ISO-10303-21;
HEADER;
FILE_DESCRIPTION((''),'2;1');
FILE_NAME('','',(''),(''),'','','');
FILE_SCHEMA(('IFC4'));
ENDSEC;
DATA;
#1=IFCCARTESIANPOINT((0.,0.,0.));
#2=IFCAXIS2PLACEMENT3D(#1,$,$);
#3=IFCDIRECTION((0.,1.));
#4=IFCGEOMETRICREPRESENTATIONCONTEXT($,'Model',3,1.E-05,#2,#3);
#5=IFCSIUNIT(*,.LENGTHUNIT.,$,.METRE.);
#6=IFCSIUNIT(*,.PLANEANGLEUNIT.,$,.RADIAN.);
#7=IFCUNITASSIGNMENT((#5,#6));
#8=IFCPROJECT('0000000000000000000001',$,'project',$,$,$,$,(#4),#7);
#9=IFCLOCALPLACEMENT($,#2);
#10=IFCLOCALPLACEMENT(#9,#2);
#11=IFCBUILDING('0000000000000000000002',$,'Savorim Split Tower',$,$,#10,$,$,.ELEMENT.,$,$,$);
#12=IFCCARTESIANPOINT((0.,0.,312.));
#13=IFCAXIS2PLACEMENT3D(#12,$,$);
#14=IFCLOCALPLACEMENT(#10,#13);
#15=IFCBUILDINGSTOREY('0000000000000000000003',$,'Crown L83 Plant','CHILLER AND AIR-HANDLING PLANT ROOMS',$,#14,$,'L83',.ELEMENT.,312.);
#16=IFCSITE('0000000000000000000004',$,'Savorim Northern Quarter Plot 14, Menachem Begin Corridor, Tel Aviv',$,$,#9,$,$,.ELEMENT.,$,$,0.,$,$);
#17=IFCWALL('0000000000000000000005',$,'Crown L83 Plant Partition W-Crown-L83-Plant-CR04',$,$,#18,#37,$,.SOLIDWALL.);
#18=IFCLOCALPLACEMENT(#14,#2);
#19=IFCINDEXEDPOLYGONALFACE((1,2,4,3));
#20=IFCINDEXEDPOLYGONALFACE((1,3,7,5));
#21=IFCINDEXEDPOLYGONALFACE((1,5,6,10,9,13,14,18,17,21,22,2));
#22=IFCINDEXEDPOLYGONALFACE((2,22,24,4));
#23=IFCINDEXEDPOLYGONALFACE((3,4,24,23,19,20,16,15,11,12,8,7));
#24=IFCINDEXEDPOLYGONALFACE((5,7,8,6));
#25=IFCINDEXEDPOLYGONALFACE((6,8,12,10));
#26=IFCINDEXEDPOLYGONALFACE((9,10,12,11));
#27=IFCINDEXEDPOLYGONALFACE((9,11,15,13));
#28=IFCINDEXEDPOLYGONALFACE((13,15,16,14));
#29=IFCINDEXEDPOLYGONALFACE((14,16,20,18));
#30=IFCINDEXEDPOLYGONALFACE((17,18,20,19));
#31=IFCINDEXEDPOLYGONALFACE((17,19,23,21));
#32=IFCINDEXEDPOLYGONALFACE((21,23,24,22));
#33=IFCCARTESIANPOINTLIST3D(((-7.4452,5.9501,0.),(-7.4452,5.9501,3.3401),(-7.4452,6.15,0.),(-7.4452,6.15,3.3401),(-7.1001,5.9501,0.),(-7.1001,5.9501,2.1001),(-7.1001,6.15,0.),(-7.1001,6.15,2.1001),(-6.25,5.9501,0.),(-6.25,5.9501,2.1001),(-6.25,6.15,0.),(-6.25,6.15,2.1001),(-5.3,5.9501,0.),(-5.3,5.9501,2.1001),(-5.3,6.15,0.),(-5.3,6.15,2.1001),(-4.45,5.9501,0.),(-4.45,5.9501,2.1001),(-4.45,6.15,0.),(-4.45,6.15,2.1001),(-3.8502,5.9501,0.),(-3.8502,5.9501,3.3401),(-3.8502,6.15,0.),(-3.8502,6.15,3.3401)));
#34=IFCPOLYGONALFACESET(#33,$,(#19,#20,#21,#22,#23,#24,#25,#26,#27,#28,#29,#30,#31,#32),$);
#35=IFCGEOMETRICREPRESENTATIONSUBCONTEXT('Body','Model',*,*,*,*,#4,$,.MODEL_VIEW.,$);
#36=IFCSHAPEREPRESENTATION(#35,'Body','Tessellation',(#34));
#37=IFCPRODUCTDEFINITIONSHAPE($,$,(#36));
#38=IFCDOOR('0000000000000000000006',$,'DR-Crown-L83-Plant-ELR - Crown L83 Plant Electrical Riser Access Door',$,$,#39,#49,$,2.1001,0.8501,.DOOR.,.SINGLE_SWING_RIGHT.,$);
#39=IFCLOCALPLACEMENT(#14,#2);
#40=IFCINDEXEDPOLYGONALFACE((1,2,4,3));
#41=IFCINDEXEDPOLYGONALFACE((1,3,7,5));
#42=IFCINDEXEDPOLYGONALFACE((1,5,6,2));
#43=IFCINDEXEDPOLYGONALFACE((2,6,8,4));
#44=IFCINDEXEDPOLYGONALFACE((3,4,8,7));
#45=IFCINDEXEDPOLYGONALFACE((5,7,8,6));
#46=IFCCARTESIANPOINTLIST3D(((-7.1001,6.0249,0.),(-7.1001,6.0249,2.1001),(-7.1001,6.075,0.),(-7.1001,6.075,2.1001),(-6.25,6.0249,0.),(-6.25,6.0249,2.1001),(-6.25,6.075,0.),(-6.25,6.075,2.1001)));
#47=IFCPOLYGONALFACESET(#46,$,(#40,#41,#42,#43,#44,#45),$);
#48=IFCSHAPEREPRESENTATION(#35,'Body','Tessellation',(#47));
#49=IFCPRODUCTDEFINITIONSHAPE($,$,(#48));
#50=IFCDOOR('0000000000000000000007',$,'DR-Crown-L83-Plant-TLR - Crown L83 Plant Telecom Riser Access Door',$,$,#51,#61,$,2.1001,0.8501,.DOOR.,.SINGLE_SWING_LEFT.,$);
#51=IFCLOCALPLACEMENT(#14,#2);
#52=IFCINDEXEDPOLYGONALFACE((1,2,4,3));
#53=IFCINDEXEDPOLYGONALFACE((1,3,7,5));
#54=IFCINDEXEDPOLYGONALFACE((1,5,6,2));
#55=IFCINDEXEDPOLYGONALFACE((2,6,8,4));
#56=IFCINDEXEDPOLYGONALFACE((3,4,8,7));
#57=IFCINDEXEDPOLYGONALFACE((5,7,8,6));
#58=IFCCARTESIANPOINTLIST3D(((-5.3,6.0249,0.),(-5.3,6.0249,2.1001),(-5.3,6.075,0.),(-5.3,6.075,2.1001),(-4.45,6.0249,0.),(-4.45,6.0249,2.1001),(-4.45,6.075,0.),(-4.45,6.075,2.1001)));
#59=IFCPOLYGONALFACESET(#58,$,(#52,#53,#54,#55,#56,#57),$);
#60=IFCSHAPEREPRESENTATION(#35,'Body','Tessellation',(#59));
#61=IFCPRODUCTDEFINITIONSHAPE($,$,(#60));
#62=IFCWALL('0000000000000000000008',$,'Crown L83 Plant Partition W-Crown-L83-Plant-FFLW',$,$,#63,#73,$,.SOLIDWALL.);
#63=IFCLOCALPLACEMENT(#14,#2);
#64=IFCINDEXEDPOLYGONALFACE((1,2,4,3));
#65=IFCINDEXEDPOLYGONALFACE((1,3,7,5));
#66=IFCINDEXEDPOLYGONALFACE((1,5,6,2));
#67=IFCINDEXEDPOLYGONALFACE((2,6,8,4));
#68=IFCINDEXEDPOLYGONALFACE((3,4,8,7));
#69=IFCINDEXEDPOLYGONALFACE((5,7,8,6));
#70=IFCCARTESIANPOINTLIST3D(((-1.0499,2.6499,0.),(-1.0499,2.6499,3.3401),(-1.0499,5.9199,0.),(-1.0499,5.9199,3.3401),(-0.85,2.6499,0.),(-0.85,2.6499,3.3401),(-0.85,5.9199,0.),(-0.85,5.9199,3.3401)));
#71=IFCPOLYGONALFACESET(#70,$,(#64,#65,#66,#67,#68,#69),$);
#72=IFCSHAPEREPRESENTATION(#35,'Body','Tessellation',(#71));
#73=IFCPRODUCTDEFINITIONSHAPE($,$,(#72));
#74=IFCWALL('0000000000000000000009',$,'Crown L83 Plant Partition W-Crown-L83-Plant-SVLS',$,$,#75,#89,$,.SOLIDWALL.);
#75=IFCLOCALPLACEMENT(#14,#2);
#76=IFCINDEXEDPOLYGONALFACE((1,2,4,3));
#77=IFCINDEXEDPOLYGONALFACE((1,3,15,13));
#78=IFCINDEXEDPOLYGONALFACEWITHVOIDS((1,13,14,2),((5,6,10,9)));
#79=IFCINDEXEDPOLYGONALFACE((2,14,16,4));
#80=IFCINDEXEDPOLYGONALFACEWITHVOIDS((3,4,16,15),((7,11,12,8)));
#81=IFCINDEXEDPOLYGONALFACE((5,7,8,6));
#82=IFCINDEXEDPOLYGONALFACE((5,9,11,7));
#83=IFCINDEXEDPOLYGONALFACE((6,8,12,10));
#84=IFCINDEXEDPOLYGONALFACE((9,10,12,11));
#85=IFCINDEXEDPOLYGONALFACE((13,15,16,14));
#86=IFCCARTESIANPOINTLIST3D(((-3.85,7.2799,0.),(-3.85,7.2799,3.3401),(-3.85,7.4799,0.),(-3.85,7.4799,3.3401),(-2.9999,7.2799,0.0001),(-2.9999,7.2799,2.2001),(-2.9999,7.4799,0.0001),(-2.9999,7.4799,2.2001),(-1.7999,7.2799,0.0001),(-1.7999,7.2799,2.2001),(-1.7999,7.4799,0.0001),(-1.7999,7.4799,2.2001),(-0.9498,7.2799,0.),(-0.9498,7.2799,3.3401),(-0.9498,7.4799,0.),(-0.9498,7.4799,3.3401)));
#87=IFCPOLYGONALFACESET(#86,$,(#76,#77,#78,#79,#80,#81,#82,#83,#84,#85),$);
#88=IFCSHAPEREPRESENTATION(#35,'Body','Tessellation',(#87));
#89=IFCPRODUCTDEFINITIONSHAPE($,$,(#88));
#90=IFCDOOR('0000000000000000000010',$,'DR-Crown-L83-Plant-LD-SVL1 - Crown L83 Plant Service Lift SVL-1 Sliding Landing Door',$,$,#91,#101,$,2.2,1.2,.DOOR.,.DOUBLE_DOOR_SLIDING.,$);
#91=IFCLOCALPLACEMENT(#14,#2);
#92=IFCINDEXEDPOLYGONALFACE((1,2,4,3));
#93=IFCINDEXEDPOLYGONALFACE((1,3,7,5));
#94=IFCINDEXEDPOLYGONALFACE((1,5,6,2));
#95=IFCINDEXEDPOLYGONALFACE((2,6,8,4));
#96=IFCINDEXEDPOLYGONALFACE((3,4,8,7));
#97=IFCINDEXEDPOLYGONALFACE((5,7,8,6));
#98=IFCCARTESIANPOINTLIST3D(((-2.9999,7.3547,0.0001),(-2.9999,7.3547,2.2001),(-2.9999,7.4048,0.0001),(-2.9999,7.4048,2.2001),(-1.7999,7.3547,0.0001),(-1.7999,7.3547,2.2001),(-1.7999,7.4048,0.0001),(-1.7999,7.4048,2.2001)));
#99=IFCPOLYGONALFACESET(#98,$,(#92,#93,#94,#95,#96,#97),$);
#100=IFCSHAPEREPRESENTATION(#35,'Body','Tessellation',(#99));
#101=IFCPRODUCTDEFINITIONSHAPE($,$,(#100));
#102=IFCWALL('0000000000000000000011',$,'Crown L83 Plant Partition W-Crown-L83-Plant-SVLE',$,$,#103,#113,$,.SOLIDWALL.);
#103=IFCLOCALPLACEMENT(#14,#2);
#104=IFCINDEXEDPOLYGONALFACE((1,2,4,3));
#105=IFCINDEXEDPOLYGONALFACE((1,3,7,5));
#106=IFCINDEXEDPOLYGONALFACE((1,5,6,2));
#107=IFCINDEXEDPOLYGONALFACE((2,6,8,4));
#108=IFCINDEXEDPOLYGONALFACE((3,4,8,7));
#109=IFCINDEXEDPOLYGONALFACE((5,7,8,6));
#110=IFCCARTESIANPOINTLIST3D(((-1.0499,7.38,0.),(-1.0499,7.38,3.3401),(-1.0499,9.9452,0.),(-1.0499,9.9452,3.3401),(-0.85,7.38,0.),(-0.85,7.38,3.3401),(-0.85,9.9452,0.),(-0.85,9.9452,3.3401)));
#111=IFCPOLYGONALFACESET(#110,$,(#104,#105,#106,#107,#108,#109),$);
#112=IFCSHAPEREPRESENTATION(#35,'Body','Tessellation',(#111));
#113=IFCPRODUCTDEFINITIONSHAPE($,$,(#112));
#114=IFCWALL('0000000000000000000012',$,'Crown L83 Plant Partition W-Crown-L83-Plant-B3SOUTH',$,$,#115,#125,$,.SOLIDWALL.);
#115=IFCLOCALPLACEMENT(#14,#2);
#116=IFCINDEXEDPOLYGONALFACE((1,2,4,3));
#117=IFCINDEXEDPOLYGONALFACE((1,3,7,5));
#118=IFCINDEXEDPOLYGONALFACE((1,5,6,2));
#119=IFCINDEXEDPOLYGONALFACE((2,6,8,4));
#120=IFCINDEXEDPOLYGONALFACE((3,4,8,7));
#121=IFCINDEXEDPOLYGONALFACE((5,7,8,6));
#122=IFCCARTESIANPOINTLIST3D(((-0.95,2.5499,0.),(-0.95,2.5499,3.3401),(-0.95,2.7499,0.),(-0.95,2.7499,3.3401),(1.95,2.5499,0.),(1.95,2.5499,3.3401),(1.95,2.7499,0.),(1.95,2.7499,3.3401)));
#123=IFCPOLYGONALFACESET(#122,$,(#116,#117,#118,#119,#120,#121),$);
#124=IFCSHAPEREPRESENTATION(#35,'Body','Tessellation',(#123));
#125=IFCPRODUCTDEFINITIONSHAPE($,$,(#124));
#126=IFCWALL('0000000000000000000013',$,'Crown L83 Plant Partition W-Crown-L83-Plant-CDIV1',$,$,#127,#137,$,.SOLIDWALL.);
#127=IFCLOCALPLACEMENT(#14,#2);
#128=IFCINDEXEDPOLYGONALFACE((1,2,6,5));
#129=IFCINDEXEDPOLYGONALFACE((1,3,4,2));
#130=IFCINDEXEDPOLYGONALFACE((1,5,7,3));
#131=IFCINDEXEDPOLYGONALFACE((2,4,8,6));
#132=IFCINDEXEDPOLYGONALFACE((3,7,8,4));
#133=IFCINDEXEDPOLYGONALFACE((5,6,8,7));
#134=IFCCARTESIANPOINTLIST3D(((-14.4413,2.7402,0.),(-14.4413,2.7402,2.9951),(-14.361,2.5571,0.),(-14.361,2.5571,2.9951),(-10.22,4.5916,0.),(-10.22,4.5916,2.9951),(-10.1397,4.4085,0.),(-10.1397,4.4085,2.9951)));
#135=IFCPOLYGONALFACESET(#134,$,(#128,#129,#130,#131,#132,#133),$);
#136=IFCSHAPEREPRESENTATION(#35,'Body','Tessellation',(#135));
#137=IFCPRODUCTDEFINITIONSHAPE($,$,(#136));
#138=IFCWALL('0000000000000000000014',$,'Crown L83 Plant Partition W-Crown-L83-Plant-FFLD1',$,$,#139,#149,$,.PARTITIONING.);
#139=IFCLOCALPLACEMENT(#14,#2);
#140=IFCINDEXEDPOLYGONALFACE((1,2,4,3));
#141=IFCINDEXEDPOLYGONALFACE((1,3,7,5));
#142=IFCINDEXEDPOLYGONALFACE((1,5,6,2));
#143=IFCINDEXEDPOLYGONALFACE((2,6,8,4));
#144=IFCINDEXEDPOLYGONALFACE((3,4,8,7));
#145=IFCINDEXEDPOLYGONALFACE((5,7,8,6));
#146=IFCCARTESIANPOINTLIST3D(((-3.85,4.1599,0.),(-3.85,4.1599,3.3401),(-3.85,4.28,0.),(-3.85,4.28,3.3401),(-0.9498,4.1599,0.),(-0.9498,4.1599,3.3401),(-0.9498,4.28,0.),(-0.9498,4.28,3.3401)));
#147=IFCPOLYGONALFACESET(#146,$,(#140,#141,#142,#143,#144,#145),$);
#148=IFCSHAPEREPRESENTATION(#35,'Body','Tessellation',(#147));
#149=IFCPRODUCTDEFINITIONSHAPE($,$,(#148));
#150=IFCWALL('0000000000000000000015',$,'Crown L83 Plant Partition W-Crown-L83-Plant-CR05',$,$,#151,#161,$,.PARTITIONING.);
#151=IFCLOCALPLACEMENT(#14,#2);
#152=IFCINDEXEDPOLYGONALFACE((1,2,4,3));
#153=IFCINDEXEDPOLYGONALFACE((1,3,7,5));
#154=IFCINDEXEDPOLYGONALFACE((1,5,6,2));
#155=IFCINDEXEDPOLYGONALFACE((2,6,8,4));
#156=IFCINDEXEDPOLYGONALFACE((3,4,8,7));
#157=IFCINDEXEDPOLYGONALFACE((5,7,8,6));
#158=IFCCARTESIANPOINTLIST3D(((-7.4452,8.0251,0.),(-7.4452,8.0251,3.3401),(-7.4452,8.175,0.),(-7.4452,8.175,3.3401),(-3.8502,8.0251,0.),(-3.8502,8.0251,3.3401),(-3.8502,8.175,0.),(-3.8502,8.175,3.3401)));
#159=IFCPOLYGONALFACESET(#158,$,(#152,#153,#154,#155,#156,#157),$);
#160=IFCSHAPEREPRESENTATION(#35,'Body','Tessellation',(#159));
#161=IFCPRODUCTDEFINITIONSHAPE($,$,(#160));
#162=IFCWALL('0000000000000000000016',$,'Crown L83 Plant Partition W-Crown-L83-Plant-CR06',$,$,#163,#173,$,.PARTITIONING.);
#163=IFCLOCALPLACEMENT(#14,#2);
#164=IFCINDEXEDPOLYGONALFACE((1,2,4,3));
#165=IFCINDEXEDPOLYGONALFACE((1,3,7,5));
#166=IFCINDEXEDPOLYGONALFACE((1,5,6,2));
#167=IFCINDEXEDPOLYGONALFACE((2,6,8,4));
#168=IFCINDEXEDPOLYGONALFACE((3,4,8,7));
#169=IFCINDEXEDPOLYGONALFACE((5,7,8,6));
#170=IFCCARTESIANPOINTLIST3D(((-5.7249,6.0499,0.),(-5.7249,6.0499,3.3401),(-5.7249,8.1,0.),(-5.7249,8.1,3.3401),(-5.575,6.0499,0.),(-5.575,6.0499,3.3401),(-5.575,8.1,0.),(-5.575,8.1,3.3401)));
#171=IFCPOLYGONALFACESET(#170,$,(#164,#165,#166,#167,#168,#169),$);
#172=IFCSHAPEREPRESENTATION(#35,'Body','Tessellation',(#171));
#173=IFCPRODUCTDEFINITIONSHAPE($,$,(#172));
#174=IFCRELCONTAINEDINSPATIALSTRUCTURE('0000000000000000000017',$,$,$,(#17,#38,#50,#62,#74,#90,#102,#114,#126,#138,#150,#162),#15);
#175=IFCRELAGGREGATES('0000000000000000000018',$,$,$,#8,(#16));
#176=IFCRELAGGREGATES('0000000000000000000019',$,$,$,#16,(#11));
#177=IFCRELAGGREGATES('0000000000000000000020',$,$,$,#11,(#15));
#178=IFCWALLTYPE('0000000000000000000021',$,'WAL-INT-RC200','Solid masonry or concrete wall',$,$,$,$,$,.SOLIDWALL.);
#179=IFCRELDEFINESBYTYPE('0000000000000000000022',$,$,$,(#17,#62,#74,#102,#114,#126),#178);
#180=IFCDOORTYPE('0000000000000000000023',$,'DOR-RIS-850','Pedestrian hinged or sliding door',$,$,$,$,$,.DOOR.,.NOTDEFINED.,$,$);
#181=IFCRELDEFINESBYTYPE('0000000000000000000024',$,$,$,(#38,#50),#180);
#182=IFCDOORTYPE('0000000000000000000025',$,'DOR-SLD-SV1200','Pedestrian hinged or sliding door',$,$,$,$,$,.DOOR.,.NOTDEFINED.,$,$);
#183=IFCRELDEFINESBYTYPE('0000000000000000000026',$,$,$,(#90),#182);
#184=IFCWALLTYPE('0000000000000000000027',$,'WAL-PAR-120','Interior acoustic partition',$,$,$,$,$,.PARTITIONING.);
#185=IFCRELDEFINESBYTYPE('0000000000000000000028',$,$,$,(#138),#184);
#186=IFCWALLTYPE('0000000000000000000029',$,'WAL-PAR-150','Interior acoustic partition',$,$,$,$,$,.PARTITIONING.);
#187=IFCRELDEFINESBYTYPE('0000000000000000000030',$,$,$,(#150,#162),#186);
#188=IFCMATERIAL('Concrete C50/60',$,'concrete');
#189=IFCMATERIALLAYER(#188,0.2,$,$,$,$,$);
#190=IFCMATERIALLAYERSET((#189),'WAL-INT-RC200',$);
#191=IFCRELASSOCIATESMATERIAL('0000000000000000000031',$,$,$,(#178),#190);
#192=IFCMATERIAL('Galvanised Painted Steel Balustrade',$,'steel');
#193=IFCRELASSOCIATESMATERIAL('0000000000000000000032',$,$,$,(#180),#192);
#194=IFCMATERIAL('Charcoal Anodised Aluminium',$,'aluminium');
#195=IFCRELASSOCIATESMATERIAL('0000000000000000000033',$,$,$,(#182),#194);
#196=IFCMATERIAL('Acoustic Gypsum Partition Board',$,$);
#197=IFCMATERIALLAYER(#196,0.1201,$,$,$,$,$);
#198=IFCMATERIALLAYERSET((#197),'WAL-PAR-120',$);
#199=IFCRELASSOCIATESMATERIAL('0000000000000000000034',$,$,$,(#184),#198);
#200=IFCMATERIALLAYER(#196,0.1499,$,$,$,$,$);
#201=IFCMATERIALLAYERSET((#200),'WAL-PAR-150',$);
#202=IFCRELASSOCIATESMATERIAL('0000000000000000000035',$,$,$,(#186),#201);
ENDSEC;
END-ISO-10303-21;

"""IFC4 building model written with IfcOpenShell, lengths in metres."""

from ifc_helpers import new_model, si_unit, direction, frame, frame_2d, origin, place, context, subcontext, project, spatial, rectangle, extrude, material, layer, layer_set, type_object, element, fill, save


model = new_model("IFC4")

# Units and contexts
model_context = context("Model", 3, precision=1e-05, world=origin(), true_north=direction((0.0, 1.0)))
body_context = subcontext(model_context, "Body", "Model", "MODEL_VIEW")
ifc_project = project(units=[si_unit("LENGTHUNIT", "METRE"), si_unit("PLANEANGLEUNIT", "RADIAN")], contexts=[model_context])

# Site, building, storey
site_placement = place(None, origin())
site = spatial("IfcSite", under=ifc_project, at=site_placement, Name="Savorim Northern Quarter Plot 14, Menachem Begin Corridor, Tel Aviv", CompositionType="ELEMENT", RefElevation=0.0)
building_placement = place(site_placement, origin())
building = spatial("IfcBuilding", under=site, at=building_placement, Name="Savorim Split Tower", CompositionType="ELEMENT")
storey_placement = place(building_placement, frame((0.0, 0.0, 312.0)))
storey = spatial("IfcBuildingStorey", under=building, at=storey_placement, Name="Crown L83 Plant", Description="CHILLER AND AIR-HANDLING PLANT ROOMS", LongName="L83", CompositionType="ELEMENT", Elevation=312.0)

# Shared definitions
ifc_material_1 = material(Name="Charcoal Anodised Aluminium", Category="aluminium")

# Wall, openings, doors
ifc_material_2 = material(Name="Concrete C50/60", Category="concrete")
ifc_layer_1 = layer(ifc_material_2, 0.2)
ifc_layer_set_1 = layer_set([ifc_layer_1], Name="WAL-INT-RC200")
wall_type_1 = type_object("IfcWallType", Name="WAL-INT-RC200", Description="Solid masonry or concrete wall", PredefinedType="SOLIDWALL", material=ifc_layer_set_1)
wall_1_placement = place(storey_placement, frame((-7.4451, 6.05, 0.0), z_axis=(0.0, 0.0, 1.0), x_axis=(1.0, 0.0, 0.0)))
wall_1 = element("IfcWall", 1, at=wall_1_placement, inside=storey, type_object=wall_type_1, Name="Crown L83 Plant Partition W-Crown-L83-Plant-CR04", PredefinedType="SOLIDWALL", context=body_context, shape_type="SweptSolid", body=[
    extrude(rectangle(XDim=3.595, YDim=0.2, at=frame_2d((1.7974, 0.0))), origin(), (0.0, 0.0, 1.0), 3.3401),
])
opening_1_placement = place(wall_1_placement, frame((0.345, 0.0, 0.0)))
opening_1 = element("IfcOpeningElement", 2, at=opening_1_placement, cuts=wall_1, PredefinedType="OPENING", context=body_context, shape_type="SweptSolid", body=[
    extrude(rectangle(XDim=0.8501, YDim=2.1001, at=frame_2d((0.425, 1.05))), frame((0.0, 0.1099, 0.0), z_axis=(0.0, -1.0, 0.0), x_axis=(1.0, 0.0, 0.0)), (0.0, 0.0, 1.0), 0.22),
])
opening_2_placement = place(wall_1_placement, frame((2.145, 0.0, 0.0)))
opening_2 = element("IfcOpeningElement", 3, at=opening_2_placement, cuts=wall_1, PredefinedType="OPENING", context=body_context, shape_type="SweptSolid", body=[
    extrude(rectangle(XDim=0.8501, YDim=2.1001, at=frame_2d((0.425, 1.05))), frame((0.0, 0.1099, 0.0), z_axis=(0.0, -1.0, 0.0), x_axis=(1.0, 0.0, 0.0)), (0.0, 0.0, 1.0), 0.22),
])
ifc_material_3 = material(Name="Galvanised Painted Steel Balustrade", Category="steel")
door_type_1 = type_object("IfcDoorType", Name="DOR-RIS-850", Description="Pedestrian hinged or sliding door", OperationType="NOTDEFINED", PredefinedType="DOOR", material=ifc_material_3)
door_1_placement = place(opening_1_placement, origin())
door_1 = element("IfcDoor", 4, at=door_1_placement, inside=storey, type_object=door_type_1, Name="DR-Crown-L83-Plant-ELR - Crown L83 Plant Electrical Riser Access Door", OperationType="SINGLE_SWING_RIGHT", OverallHeight=2.1001, OverallWidth=0.8501, PredefinedType="DOOR", context=body_context, shape_type="SweptSolid", body=[
    extrude(rectangle(XDim=0.8501, YDim=2.1001, at=frame_2d((0.425, 1.05))), frame((0.0, 0.0249, 0.0), z_axis=(0.0, -1.0, 0.0), x_axis=(1.0, 0.0, 0.0)), (0.0, 0.0, 1.0), 0.05),
])
fill(opening_1, door_1)
door_2_placement = place(opening_2_placement, origin())
door_2 = element("IfcDoor", 5, at=door_2_placement, inside=storey, type_object=door_type_1, Name="DR-Crown-L83-Plant-TLR - Crown L83 Plant Telecom Riser Access Door", OperationType="SINGLE_SWING_LEFT", OverallHeight=2.1001, OverallWidth=0.8501, PredefinedType="DOOR", context=body_context, shape_type="SweptSolid", body=[
    extrude(rectangle(XDim=0.8501, YDim=2.1001, at=frame_2d((0.425, 1.05))), frame((0.0, 0.0249, 0.0), z_axis=(0.0, -1.0, 0.0), x_axis=(1.0, 0.0, 0.0)), (0.0, 0.0, 1.0), 0.05),
])
fill(opening_2, door_2)

# Wall
wall_2_placement = place(storey_placement, frame((-0.95, 2.6499, 0.0), z_axis=(0.0, 0.0, 1.0), x_axis=(0.0, 1.0, 0.0)))
element("IfcWall", 6, at=wall_2_placement, inside=storey, type_object=wall_type_1, Name="Crown L83 Plant Partition W-Crown-L83-Plant-FFLW", PredefinedType="SOLIDWALL", context=body_context, shape_type="SweptSolid", body=[
    extrude(rectangle(XDim=3.27, YDim=0.2, at=frame_2d((1.635, 0.0))), origin(), (0.0, 0.0, 1.0), 3.3401),
])

# Wall, opening, door
wall_3_placement = place(storey_placement, frame((-3.8501, 7.3799, 0.0), z_axis=(0.0, 0.0, 1.0), x_axis=(1.0, 0.0, 0.0)))
wall_3 = element("IfcWall", 7, at=wall_3_placement, inside=storey, type_object=wall_type_1, Name="Crown L83 Plant Partition W-Crown-L83-Plant-SVLS", PredefinedType="SOLIDWALL", context=body_context, shape_type="SweptSolid", body=[
    extrude(rectangle(XDim=2.9001, YDim=0.2, at=frame_2d((1.4502, 0.0))), origin(), (0.0, 0.0, 1.0), 3.3401),
])
opening_3_placement = place(wall_3_placement, frame((0.8501, 0.0, 0.0)))
opening_3 = element("IfcOpeningElement", 8, at=opening_3_placement, cuts=wall_3, PredefinedType="OPENING", context=body_context, shape_type="SweptSolid", body=[
    extrude(rectangle(XDim=1.2, YDim=2.2, at=frame_2d((0.6001, 1.1001))), frame((0.0, 0.1099, 0.0), z_axis=(0.0, -1.0, 0.0), x_axis=(1.0, 0.0, 0.0)), (0.0, 0.0, 1.0), 0.22),
])
door_type_2 = type_object("IfcDoorType", Name="DOR-SLD-SV1200", Description="Pedestrian hinged or sliding door", OperationType="NOTDEFINED", PredefinedType="DOOR", material=ifc_material_1)
door_3_placement = place(opening_3_placement, origin())
door_3 = element("IfcDoor", 9, at=door_3_placement, inside=storey, type_object=door_type_2, Name="DR-Crown-L83-Plant-LD-SVL1 - Crown L83 Plant Service Lift SVL-1 Sliding Landing Door", OperationType="DOUBLE_DOOR_SLIDING", OverallHeight=2.2, OverallWidth=1.2, PredefinedType="DOOR", context=body_context, shape_type="SweptSolid", body=[
    extrude(rectangle(XDim=1.2, YDim=2.2, at=frame_2d((0.6001, 1.1001))), frame((0.0, 0.0249, 0.0), z_axis=(0.0, -1.0, 0.0), x_axis=(1.0, 0.0, 0.0)), (0.0, 0.0, 1.0), 0.05),
])
fill(opening_3, door_3)

# Walls
wall_4_placement = place(storey_placement, frame((-0.95, 7.3799, 0.0), z_axis=(0.0, 0.0, 1.0), x_axis=(0.0, 1.0, 0.0)))
element("IfcWall", 10, at=wall_4_placement, inside=storey, type_object=wall_type_1, Name="Crown L83 Plant Partition W-Crown-L83-Plant-SVLE", PredefinedType="SOLIDWALL", context=body_context, shape_type="SweptSolid", body=[
    extrude(rectangle(XDim=2.5652, YDim=0.2, at=frame_2d((1.2827, 0.0))), origin(), (0.0, 0.0, 1.0), 3.3401),
])
wall_5_placement = place(storey_placement, frame((-0.95, 2.6499, 0.0), z_axis=(0.0, 0.0, 1.0), x_axis=(1.0, 0.0, 0.0)))
element("IfcWall", 11, at=wall_5_placement, inside=storey, type_object=wall_type_1, Name="Crown L83 Plant Partition W-Crown-L83-Plant-B3SOUTH", PredefinedType="SOLIDWALL", context=body_context, shape_type="SweptSolid", body=[
    extrude(rectangle(XDim=2.8999, YDim=0.2, at=frame_2d((1.45, 0.0))), origin(), (0.0, 0.0, 1.0), 3.3401),
])
wall_6_placement = place(storey_placement, frame((-14.4011, 2.6487, 0.0), z_axis=(0.0, 0.0, 1.0), x_axis=(0.915795, 0.401647, 0.0)))
element("IfcWall", 12, at=wall_6_placement, inside=storey, type_object=wall_type_1, Name="Crown L83 Plant Partition W-Crown-L83-Plant-CDIV1", PredefinedType="SOLIDWALL", context=body_context, shape_type="SweptSolid", body=[
    extrude(rectangle(XDim=4.6094, YDim=0.2, at=frame_2d((2.3047, 0.0))), origin(), (0.0, 0.0, 1.0), 2.9951),
])
ifc_material_4 = material(Name="Acoustic Gypsum Partition Board")
ifc_layer_2 = layer(ifc_material_4, 0.1201)
ifc_layer_set_2 = layer_set([ifc_layer_2], Name="WAL-PAR-120")
wall_type_2 = type_object("IfcWallType", Name="WAL-PAR-120", Description="Interior acoustic partition", PredefinedType="PARTITIONING", material=ifc_layer_set_2)
wall_7_placement = place(storey_placement, frame((-3.8501, 4.22, 0.0), z_axis=(0.0, 0.0, 1.0), x_axis=(1.0, 0.0, 0.0)))
element("IfcWall", 13, at=wall_7_placement, inside=storey, type_object=wall_type_2, Name="Crown L83 Plant Partition W-Crown-L83-Plant-FFLD1", PredefinedType="PARTITIONING", context=body_context, shape_type="SweptSolid", body=[
    extrude(rectangle(XDim=2.9001, YDim=0.1201, at=frame_2d((1.4502, 0.0))), origin(), (0.0, 0.0, 1.0), 3.3401),
])
ifc_layer_3 = layer(ifc_material_4, 0.1499)
ifc_layer_set_3 = layer_set([ifc_layer_3], Name="WAL-PAR-150")
wall_type_3 = type_object("IfcWallType", Name="WAL-PAR-150", Description="Interior acoustic partition", PredefinedType="PARTITIONING", material=ifc_layer_set_3)
wall_8_placement = place(storey_placement, frame((-7.4451, 8.1001, 0.0), z_axis=(0.0, 0.0, 1.0), x_axis=(1.0, 0.0, 0.0)))
element("IfcWall", 14, at=wall_8_placement, inside=storey, type_object=wall_type_3, Name="Crown L83 Plant Partition W-Crown-L83-Plant-CR05", PredefinedType="PARTITIONING", context=body_context, shape_type="SweptSolid", body=[
    extrude(rectangle(XDim=3.595, YDim=0.1499, at=frame_2d((1.7974, 0.0))), origin(), (0.0, 0.0, 1.0), 3.3401),
])
wall_9_placement = place(storey_placement, frame((-5.6499, 6.05, 0.0), z_axis=(0.0, 0.0, 1.0), x_axis=(0.0, 1.0, 0.0)))
element("IfcWall", 15, at=wall_9_placement, inside=storey, type_object=wall_type_3, Name="Crown L83 Plant Partition W-Crown-L83-Plant-CR06", PredefinedType="PARTITIONING", context=body_context, shape_type="SweptSolid", body=[
    extrude(rectangle(XDim=2.05, YDim=0.1499, at=frame_2d((1.0249, 0.0))), origin(), (0.0, 0.0, 1.0), 3.3401),
])

save(model, "model.ifc")
